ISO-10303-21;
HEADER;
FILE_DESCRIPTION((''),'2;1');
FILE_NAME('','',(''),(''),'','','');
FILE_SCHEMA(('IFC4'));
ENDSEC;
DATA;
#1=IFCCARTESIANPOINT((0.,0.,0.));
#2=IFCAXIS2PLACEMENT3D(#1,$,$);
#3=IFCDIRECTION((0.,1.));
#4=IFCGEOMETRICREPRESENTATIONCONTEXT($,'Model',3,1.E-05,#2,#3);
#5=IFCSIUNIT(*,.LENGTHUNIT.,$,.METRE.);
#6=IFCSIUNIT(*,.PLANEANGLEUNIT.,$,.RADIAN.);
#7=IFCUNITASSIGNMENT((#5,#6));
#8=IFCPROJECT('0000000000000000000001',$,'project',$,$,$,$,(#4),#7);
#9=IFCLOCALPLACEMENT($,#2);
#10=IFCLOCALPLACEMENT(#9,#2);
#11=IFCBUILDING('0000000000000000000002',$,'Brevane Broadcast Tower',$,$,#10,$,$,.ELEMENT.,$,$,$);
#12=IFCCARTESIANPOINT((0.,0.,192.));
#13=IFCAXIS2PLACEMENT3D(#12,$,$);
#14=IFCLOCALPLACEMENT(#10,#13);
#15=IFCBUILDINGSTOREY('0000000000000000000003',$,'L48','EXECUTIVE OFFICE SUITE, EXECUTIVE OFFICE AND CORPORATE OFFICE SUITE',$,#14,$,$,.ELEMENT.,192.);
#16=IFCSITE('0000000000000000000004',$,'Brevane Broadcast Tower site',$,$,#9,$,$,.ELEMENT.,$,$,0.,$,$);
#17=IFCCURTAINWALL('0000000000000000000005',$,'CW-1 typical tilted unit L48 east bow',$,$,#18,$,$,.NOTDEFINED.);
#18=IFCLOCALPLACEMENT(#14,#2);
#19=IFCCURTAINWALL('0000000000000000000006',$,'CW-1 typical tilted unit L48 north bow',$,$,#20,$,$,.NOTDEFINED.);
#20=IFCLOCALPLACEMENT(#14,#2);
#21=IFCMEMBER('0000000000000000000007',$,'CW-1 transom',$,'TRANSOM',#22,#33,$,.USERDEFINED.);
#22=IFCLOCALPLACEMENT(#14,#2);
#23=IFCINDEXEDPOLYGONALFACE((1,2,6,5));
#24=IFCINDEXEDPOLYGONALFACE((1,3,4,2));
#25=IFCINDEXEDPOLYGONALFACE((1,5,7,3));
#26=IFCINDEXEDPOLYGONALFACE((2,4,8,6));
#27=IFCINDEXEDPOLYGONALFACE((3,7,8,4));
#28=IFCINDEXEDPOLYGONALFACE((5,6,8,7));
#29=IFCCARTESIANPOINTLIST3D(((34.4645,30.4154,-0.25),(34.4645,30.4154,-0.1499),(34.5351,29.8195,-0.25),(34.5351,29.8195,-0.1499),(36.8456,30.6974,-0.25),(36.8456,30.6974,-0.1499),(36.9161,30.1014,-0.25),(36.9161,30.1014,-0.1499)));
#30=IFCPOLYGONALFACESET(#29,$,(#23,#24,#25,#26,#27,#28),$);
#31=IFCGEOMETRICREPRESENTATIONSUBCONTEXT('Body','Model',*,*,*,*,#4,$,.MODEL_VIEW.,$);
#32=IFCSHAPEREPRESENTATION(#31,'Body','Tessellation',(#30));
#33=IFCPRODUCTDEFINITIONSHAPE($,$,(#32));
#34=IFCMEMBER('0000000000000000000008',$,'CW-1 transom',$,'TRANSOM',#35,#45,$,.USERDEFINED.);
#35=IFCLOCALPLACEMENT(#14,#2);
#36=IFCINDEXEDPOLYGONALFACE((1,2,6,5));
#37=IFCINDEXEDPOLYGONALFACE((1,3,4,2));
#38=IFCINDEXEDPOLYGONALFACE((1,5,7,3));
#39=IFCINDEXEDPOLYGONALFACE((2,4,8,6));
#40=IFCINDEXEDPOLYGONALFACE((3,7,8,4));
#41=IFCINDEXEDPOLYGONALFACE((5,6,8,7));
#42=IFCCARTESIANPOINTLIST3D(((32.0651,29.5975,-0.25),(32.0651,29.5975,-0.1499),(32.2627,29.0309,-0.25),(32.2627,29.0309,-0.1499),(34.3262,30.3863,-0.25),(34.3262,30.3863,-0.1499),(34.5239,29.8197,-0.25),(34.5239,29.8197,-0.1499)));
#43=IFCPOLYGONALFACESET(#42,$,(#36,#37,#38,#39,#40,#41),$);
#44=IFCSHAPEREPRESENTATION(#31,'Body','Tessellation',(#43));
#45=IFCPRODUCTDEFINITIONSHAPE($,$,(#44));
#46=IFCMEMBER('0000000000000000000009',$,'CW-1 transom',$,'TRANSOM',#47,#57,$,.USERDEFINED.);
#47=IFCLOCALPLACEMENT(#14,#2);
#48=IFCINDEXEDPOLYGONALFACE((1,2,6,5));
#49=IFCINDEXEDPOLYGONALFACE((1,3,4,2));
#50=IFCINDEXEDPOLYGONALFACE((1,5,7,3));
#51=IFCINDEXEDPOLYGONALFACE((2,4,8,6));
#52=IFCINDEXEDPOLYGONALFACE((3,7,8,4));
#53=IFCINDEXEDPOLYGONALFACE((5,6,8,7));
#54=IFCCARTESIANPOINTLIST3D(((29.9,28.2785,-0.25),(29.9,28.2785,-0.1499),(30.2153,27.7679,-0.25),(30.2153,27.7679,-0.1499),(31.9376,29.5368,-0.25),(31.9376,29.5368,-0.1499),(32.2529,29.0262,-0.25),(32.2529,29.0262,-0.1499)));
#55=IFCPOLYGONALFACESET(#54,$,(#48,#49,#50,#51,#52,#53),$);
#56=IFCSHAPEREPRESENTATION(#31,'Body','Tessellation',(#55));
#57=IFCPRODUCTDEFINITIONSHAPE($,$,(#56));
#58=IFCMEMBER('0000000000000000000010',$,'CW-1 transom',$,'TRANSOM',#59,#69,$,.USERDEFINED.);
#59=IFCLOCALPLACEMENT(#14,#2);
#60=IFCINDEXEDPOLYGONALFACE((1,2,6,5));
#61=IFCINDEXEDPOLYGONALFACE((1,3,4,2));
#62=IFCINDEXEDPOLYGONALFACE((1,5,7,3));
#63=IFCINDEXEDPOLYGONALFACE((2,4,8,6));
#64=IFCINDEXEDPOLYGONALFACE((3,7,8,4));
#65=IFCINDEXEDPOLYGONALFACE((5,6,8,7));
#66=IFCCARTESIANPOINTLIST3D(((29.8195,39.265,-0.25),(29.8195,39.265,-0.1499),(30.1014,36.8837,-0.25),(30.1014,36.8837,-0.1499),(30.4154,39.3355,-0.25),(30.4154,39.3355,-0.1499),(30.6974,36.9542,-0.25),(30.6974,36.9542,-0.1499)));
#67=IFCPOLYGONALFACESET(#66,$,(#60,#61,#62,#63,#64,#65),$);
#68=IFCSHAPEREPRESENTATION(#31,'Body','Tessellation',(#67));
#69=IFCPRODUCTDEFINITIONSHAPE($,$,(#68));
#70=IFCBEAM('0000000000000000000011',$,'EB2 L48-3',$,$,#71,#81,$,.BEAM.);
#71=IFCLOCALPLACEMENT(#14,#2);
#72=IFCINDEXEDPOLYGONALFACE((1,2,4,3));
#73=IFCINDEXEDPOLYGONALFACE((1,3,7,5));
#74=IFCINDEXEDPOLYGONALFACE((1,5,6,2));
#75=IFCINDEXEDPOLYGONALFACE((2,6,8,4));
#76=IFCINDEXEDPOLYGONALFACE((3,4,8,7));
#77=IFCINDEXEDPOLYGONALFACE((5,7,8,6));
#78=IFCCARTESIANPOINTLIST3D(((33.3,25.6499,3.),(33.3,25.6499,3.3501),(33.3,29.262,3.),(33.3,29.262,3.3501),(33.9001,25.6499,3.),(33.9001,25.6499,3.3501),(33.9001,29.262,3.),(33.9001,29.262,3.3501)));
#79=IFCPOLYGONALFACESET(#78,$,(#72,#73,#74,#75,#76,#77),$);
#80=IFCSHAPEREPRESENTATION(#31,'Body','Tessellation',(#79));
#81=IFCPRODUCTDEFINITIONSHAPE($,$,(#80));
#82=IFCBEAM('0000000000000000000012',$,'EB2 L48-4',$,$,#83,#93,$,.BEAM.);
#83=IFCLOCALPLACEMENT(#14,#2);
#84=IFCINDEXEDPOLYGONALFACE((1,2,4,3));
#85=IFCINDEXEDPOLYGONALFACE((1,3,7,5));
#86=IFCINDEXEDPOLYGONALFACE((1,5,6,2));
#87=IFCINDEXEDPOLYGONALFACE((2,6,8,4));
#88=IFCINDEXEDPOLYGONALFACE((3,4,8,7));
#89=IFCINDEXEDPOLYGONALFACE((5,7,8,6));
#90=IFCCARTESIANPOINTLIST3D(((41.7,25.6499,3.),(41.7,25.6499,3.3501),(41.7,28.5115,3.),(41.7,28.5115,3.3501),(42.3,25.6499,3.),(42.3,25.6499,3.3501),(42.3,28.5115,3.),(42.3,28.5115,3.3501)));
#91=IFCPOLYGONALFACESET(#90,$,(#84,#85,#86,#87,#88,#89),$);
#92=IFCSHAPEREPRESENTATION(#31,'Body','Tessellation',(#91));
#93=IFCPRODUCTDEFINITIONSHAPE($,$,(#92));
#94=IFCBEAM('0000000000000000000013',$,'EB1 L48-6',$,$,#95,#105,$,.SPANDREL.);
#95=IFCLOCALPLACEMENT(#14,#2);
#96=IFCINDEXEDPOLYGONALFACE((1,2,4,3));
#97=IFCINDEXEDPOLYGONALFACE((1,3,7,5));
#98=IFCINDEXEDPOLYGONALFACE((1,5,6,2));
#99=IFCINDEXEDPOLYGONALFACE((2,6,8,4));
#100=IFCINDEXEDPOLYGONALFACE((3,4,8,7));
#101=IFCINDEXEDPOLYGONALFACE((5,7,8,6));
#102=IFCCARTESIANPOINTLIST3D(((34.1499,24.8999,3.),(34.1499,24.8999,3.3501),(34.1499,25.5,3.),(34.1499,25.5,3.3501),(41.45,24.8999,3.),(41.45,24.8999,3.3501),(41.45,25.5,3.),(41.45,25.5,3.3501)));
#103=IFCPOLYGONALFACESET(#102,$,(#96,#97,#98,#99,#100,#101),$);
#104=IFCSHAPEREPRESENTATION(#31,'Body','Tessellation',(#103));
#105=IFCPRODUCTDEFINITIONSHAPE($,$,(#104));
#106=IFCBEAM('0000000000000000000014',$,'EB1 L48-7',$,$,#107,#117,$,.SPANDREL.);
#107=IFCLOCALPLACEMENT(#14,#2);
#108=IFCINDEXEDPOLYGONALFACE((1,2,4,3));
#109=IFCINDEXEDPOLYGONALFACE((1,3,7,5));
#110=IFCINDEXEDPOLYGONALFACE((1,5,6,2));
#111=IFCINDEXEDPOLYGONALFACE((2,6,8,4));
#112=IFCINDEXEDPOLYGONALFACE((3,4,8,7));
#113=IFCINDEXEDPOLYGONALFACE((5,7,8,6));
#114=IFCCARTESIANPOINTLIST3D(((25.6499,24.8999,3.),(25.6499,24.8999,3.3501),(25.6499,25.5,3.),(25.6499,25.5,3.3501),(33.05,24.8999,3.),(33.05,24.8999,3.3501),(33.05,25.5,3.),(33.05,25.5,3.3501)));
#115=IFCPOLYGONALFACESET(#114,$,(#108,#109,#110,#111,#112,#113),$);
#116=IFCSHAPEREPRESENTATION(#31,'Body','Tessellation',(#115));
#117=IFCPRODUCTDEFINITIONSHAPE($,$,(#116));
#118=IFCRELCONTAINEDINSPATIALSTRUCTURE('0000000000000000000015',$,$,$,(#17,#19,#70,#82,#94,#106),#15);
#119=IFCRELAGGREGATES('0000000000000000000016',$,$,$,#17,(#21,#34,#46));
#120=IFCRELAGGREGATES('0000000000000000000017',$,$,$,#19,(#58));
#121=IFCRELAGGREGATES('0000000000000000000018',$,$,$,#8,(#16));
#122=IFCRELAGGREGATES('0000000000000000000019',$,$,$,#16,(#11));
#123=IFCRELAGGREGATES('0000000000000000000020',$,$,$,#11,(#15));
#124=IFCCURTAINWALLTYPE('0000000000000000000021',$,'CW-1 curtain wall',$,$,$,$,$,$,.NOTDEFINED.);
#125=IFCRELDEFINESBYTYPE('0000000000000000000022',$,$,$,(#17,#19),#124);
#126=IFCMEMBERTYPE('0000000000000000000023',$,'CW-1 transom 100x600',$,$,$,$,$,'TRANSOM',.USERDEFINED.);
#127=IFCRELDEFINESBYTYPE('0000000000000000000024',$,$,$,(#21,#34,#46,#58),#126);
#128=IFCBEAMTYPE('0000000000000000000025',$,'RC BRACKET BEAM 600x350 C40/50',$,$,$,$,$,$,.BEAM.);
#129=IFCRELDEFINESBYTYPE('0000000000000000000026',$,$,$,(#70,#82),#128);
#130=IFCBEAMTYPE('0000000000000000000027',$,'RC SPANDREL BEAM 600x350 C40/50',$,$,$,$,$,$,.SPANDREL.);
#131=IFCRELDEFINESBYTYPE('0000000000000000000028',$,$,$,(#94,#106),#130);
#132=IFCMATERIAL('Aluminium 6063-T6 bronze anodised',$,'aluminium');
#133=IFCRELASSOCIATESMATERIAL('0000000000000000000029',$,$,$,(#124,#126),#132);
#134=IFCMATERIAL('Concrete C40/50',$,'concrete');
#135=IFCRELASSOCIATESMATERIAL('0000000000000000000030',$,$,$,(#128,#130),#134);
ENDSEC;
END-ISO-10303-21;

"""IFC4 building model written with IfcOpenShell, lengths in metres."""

from ifc_helpers import new_model, si_unit, direction, frame, origin, origin_2d, place, context, subcontext, project, spatial, rectangle, extrude, material, material_profile, profile_set, type_object, element, aggregate, save


model = new_model("IFC4")

# Units and contexts
model_context = context("Model", 3, precision=1e-05, world=origin(), true_north=direction((0.0, 1.0)))
body_context = subcontext(model_context, "Body", "Model", "MODEL_VIEW")
ifc_project = project(units=[si_unit("LENGTHUNIT", "METRE"), si_unit("PLANEANGLEUNIT", "RADIAN")], contexts=[model_context])

# Site, building, storey
site_placement = place(None, origin())
site = spatial("IfcSite", under=ifc_project, at=site_placement, Name="Brevane Broadcast Tower site", CompositionType="ELEMENT", RefElevation=0.0)
building_placement = place(site_placement, origin())
building = spatial("IfcBuilding", under=site, at=building_placement, Name="Brevane Broadcast Tower", CompositionType="ELEMENT")
storey_placement = place(building_placement, frame((0.0, 0.0, 192.0)))
storey = spatial("IfcBuildingStorey", under=building, at=storey_placement, Name="L48", Description="EXECUTIVE OFFICE SUITE, EXECUTIVE OFFICE AND CORPORATE OFFICE SUITE", CompositionType="ELEMENT", Elevation=192.0)

# Curtain wall
ifc_material_1 = material(Name="Aluminium 6063-T6 bronze anodised", Category="aluminium")
curtain_wall_type = type_object("IfcCurtainWallType", Name="CW-1 curtain wall", PredefinedType="NOTDEFINED", material=ifc_material_1)
curtain_wall_1_placement = place(storey_placement, origin())
curtain_wall_1 = element("IfcCurtainWall", 1, at=curtain_wall_1_placement, inside=storey, type_object=curtain_wall_type, Name="CW-1 typical tilted unit L48 east bow", PredefinedType="NOTDEFINED")

# Curtain wall
curtain_wall_2_placement = place(storey_placement, origin())
curtain_wall_2 = element("IfcCurtainWall", 2, at=curtain_wall_2_placement, inside=storey, type_object=curtain_wall_type, Name="CW-1 typical tilted unit L48 north bow", PredefinedType="NOTDEFINED")

# Members
ifc_material_profile_1 = material_profile(ifc_material_1, rectangle(XDim=0.6001, YDim=0.1001, at=origin_2d()), Name="RECT 100x600")
ifc_profile_set_1 = profile_set([ifc_material_profile_1], Name="Aluminium 6063-T6 bronze anodised")
member_type_1 = type_object("IfcMemberType", Name="CW-1 transom 100x600", ElementType="TRANSOM", PredefinedType="USERDEFINED", material=ifc_profile_set_1)
member_1_placement = place(storey_placement, frame((36.8809, 30.3994, -0.2), z_axis=(-0.993061, -0.117603, 0.0), x_axis=(0.117603, -0.993061, 0.0)))
member_1 = element("IfcMember", 3, at=member_1_placement, type_object=member_type_1, Name="CW-1 transom", ObjectType="TRANSOM", PredefinedType="USERDEFINED", context=body_context, shape_type="SweptSolid", body=[
    extrude(rectangle(XDim=0.6001, YDim=0.1001, at=origin_2d()), origin(), (0.0, 0.0, 1.0), 2.3977),
])
member_2_placement = place(storey_placement, frame((34.425, 30.103, -0.2), z_axis=(-0.944198, -0.329378, 0.0), x_axis=(0.329378, -0.944198, 0.0)))
member_2 = element("IfcMember", 4, at=member_2_placement, type_object=member_type_1, Name="CW-1 transom", ObjectType="TRANSOM", PredefinedType="USERDEFINED", context=body_context, shape_type="SweptSolid", body=[
    extrude(rectangle(XDim=0.6001, YDim=0.1001, at=origin_2d()), origin(), (0.0, 0.0, 1.0), 2.3948),
])
member_3_placement = place(storey_placement, frame((32.0952, 29.2815, -0.2), z_axis=(-0.850838, -0.525428, 0.0), x_axis=(0.525428, -0.850838, 0.0)))
member_3 = element("IfcMember", 5, at=member_3_placement, type_object=member_type_1, Name="CW-1 transom", ObjectType="TRANSOM", PredefinedType="USERDEFINED", context=body_context, shape_type="SweptSolid", body=[
    extrude(rectangle(XDim=0.6001, YDim=0.1001, at=origin_2d()), origin(), (0.0, 0.0, 1.0), 2.3948),
])
aggregate(curtain_wall_1, [member_1, member_2, member_3])
member_4_placement = place(storey_placement, frame((30.3994, 36.9189, -0.2), z_axis=(-0.117591, 0.993062, 0.0), x_axis=(-0.993062, -0.117591, 0.0)))
member_4 = element("IfcMember", 6, at=member_4_placement, type_object=member_type_1, Name="CW-1 transom", ObjectType="TRANSOM", PredefinedType="USERDEFINED", context=body_context, shape_type="SweptSolid", body=[
    extrude(rectangle(XDim=0.6001, YDim=0.1001, at=origin_2d()), origin(), (0.0, 0.0, 1.0), 2.3979),
])
aggregate(curtain_wall_2, [member_4])

# Beams
ifc_material_2 = material(Name="Concrete C40/50", Category="concrete")
ifc_material_profile_2 = material_profile(ifc_material_2, rectangle(XDim=0.6001, YDim=0.3501, at=origin_2d()), Name="RC 600x350")
ifc_profile_set_2 = profile_set([ifc_material_profile_2], Name="Concrete C40/50")
beam_type_1 = type_object("IfcBeamType", Name="RC BRACKET BEAM 600x350 C40/50", PredefinedType="BEAM", material=ifc_profile_set_2)
beam_1_placement = place(storey_placement, frame((33.6001, 25.6499, 3.175), z_axis=(0.0, 1.0, 0.0), x_axis=(-1.0, 0.0, 0.0)))
element("IfcBeam", 7, at=beam_1_placement, inside=storey, type_object=beam_type_1, Name="EB2 L48-3", PredefinedType="BEAM", context=body_context, shape_type="SweptSolid", body=[
    extrude(rectangle(XDim=0.6001, YDim=0.3501, at=origin_2d()), origin(), (0.0, 0.0, 1.0), 3.6121),
])
beam_2_placement = place(storey_placement, frame((42.0, 25.6499, 3.175), z_axis=(0.0, 1.0, 0.0), x_axis=(-1.0, 0.0, 0.0)))
element("IfcBeam", 8, at=beam_2_placement, inside=storey, type_object=beam_type_1, Name="EB2 L48-4", PredefinedType="BEAM", context=body_context, shape_type="SweptSolid", body=[
    extrude(rectangle(XDim=0.6001, YDim=0.3501, at=origin_2d()), origin(), (0.0, 0.0, 1.0), 2.8616),
])
ifc_material_profile_3 = material_profile(ifc_material_2, rectangle(XDim=0.6001, YDim=0.3501, at=origin_2d()), Name="RC 600x350")
ifc_profile_set_3 = profile_set([ifc_material_profile_3], Name="Concrete C40/50")
beam_type_2 = type_object("IfcBeamType", Name="RC SPANDREL BEAM 600x350 C40/50", PredefinedType="SPANDREL", material=ifc_profile_set_3)
beam_3_placement = place(storey_placement, frame((41.45, 25.2, 3.175), z_axis=(-1.0, 0.0, 0.0), x_axis=(0.0, -1.0, 0.0)))
element("IfcBeam", 9, at=beam_3_placement, inside=storey, type_object=beam_type_2, Name="EB1 L48-6", PredefinedType="SPANDREL", context=body_context, shape_type="SweptSolid", body=[
    extrude(rectangle(XDim=0.6001, YDim=0.3501, at=origin_2d()), origin(), (0.0, 0.0, 1.0), 7.3),
])
beam_4_placement = place(storey_placement, frame((33.05, 25.2, 3.175), z_axis=(-1.0, 0.0, 0.0), x_axis=(0.0, -1.0, 0.0)))
element("IfcBeam", 10, at=beam_4_placement, inside=storey, type_object=beam_type_2, Name="EB1 L48-7", PredefinedType="SPANDREL", context=body_context, shape_type="SweptSolid", body=[
    extrude(rectangle(XDim=0.6001, YDim=0.3501, at=origin_2d()), origin(), (0.0, 0.0, 1.0), 7.4001),
])

save(model, "model.ifc")
